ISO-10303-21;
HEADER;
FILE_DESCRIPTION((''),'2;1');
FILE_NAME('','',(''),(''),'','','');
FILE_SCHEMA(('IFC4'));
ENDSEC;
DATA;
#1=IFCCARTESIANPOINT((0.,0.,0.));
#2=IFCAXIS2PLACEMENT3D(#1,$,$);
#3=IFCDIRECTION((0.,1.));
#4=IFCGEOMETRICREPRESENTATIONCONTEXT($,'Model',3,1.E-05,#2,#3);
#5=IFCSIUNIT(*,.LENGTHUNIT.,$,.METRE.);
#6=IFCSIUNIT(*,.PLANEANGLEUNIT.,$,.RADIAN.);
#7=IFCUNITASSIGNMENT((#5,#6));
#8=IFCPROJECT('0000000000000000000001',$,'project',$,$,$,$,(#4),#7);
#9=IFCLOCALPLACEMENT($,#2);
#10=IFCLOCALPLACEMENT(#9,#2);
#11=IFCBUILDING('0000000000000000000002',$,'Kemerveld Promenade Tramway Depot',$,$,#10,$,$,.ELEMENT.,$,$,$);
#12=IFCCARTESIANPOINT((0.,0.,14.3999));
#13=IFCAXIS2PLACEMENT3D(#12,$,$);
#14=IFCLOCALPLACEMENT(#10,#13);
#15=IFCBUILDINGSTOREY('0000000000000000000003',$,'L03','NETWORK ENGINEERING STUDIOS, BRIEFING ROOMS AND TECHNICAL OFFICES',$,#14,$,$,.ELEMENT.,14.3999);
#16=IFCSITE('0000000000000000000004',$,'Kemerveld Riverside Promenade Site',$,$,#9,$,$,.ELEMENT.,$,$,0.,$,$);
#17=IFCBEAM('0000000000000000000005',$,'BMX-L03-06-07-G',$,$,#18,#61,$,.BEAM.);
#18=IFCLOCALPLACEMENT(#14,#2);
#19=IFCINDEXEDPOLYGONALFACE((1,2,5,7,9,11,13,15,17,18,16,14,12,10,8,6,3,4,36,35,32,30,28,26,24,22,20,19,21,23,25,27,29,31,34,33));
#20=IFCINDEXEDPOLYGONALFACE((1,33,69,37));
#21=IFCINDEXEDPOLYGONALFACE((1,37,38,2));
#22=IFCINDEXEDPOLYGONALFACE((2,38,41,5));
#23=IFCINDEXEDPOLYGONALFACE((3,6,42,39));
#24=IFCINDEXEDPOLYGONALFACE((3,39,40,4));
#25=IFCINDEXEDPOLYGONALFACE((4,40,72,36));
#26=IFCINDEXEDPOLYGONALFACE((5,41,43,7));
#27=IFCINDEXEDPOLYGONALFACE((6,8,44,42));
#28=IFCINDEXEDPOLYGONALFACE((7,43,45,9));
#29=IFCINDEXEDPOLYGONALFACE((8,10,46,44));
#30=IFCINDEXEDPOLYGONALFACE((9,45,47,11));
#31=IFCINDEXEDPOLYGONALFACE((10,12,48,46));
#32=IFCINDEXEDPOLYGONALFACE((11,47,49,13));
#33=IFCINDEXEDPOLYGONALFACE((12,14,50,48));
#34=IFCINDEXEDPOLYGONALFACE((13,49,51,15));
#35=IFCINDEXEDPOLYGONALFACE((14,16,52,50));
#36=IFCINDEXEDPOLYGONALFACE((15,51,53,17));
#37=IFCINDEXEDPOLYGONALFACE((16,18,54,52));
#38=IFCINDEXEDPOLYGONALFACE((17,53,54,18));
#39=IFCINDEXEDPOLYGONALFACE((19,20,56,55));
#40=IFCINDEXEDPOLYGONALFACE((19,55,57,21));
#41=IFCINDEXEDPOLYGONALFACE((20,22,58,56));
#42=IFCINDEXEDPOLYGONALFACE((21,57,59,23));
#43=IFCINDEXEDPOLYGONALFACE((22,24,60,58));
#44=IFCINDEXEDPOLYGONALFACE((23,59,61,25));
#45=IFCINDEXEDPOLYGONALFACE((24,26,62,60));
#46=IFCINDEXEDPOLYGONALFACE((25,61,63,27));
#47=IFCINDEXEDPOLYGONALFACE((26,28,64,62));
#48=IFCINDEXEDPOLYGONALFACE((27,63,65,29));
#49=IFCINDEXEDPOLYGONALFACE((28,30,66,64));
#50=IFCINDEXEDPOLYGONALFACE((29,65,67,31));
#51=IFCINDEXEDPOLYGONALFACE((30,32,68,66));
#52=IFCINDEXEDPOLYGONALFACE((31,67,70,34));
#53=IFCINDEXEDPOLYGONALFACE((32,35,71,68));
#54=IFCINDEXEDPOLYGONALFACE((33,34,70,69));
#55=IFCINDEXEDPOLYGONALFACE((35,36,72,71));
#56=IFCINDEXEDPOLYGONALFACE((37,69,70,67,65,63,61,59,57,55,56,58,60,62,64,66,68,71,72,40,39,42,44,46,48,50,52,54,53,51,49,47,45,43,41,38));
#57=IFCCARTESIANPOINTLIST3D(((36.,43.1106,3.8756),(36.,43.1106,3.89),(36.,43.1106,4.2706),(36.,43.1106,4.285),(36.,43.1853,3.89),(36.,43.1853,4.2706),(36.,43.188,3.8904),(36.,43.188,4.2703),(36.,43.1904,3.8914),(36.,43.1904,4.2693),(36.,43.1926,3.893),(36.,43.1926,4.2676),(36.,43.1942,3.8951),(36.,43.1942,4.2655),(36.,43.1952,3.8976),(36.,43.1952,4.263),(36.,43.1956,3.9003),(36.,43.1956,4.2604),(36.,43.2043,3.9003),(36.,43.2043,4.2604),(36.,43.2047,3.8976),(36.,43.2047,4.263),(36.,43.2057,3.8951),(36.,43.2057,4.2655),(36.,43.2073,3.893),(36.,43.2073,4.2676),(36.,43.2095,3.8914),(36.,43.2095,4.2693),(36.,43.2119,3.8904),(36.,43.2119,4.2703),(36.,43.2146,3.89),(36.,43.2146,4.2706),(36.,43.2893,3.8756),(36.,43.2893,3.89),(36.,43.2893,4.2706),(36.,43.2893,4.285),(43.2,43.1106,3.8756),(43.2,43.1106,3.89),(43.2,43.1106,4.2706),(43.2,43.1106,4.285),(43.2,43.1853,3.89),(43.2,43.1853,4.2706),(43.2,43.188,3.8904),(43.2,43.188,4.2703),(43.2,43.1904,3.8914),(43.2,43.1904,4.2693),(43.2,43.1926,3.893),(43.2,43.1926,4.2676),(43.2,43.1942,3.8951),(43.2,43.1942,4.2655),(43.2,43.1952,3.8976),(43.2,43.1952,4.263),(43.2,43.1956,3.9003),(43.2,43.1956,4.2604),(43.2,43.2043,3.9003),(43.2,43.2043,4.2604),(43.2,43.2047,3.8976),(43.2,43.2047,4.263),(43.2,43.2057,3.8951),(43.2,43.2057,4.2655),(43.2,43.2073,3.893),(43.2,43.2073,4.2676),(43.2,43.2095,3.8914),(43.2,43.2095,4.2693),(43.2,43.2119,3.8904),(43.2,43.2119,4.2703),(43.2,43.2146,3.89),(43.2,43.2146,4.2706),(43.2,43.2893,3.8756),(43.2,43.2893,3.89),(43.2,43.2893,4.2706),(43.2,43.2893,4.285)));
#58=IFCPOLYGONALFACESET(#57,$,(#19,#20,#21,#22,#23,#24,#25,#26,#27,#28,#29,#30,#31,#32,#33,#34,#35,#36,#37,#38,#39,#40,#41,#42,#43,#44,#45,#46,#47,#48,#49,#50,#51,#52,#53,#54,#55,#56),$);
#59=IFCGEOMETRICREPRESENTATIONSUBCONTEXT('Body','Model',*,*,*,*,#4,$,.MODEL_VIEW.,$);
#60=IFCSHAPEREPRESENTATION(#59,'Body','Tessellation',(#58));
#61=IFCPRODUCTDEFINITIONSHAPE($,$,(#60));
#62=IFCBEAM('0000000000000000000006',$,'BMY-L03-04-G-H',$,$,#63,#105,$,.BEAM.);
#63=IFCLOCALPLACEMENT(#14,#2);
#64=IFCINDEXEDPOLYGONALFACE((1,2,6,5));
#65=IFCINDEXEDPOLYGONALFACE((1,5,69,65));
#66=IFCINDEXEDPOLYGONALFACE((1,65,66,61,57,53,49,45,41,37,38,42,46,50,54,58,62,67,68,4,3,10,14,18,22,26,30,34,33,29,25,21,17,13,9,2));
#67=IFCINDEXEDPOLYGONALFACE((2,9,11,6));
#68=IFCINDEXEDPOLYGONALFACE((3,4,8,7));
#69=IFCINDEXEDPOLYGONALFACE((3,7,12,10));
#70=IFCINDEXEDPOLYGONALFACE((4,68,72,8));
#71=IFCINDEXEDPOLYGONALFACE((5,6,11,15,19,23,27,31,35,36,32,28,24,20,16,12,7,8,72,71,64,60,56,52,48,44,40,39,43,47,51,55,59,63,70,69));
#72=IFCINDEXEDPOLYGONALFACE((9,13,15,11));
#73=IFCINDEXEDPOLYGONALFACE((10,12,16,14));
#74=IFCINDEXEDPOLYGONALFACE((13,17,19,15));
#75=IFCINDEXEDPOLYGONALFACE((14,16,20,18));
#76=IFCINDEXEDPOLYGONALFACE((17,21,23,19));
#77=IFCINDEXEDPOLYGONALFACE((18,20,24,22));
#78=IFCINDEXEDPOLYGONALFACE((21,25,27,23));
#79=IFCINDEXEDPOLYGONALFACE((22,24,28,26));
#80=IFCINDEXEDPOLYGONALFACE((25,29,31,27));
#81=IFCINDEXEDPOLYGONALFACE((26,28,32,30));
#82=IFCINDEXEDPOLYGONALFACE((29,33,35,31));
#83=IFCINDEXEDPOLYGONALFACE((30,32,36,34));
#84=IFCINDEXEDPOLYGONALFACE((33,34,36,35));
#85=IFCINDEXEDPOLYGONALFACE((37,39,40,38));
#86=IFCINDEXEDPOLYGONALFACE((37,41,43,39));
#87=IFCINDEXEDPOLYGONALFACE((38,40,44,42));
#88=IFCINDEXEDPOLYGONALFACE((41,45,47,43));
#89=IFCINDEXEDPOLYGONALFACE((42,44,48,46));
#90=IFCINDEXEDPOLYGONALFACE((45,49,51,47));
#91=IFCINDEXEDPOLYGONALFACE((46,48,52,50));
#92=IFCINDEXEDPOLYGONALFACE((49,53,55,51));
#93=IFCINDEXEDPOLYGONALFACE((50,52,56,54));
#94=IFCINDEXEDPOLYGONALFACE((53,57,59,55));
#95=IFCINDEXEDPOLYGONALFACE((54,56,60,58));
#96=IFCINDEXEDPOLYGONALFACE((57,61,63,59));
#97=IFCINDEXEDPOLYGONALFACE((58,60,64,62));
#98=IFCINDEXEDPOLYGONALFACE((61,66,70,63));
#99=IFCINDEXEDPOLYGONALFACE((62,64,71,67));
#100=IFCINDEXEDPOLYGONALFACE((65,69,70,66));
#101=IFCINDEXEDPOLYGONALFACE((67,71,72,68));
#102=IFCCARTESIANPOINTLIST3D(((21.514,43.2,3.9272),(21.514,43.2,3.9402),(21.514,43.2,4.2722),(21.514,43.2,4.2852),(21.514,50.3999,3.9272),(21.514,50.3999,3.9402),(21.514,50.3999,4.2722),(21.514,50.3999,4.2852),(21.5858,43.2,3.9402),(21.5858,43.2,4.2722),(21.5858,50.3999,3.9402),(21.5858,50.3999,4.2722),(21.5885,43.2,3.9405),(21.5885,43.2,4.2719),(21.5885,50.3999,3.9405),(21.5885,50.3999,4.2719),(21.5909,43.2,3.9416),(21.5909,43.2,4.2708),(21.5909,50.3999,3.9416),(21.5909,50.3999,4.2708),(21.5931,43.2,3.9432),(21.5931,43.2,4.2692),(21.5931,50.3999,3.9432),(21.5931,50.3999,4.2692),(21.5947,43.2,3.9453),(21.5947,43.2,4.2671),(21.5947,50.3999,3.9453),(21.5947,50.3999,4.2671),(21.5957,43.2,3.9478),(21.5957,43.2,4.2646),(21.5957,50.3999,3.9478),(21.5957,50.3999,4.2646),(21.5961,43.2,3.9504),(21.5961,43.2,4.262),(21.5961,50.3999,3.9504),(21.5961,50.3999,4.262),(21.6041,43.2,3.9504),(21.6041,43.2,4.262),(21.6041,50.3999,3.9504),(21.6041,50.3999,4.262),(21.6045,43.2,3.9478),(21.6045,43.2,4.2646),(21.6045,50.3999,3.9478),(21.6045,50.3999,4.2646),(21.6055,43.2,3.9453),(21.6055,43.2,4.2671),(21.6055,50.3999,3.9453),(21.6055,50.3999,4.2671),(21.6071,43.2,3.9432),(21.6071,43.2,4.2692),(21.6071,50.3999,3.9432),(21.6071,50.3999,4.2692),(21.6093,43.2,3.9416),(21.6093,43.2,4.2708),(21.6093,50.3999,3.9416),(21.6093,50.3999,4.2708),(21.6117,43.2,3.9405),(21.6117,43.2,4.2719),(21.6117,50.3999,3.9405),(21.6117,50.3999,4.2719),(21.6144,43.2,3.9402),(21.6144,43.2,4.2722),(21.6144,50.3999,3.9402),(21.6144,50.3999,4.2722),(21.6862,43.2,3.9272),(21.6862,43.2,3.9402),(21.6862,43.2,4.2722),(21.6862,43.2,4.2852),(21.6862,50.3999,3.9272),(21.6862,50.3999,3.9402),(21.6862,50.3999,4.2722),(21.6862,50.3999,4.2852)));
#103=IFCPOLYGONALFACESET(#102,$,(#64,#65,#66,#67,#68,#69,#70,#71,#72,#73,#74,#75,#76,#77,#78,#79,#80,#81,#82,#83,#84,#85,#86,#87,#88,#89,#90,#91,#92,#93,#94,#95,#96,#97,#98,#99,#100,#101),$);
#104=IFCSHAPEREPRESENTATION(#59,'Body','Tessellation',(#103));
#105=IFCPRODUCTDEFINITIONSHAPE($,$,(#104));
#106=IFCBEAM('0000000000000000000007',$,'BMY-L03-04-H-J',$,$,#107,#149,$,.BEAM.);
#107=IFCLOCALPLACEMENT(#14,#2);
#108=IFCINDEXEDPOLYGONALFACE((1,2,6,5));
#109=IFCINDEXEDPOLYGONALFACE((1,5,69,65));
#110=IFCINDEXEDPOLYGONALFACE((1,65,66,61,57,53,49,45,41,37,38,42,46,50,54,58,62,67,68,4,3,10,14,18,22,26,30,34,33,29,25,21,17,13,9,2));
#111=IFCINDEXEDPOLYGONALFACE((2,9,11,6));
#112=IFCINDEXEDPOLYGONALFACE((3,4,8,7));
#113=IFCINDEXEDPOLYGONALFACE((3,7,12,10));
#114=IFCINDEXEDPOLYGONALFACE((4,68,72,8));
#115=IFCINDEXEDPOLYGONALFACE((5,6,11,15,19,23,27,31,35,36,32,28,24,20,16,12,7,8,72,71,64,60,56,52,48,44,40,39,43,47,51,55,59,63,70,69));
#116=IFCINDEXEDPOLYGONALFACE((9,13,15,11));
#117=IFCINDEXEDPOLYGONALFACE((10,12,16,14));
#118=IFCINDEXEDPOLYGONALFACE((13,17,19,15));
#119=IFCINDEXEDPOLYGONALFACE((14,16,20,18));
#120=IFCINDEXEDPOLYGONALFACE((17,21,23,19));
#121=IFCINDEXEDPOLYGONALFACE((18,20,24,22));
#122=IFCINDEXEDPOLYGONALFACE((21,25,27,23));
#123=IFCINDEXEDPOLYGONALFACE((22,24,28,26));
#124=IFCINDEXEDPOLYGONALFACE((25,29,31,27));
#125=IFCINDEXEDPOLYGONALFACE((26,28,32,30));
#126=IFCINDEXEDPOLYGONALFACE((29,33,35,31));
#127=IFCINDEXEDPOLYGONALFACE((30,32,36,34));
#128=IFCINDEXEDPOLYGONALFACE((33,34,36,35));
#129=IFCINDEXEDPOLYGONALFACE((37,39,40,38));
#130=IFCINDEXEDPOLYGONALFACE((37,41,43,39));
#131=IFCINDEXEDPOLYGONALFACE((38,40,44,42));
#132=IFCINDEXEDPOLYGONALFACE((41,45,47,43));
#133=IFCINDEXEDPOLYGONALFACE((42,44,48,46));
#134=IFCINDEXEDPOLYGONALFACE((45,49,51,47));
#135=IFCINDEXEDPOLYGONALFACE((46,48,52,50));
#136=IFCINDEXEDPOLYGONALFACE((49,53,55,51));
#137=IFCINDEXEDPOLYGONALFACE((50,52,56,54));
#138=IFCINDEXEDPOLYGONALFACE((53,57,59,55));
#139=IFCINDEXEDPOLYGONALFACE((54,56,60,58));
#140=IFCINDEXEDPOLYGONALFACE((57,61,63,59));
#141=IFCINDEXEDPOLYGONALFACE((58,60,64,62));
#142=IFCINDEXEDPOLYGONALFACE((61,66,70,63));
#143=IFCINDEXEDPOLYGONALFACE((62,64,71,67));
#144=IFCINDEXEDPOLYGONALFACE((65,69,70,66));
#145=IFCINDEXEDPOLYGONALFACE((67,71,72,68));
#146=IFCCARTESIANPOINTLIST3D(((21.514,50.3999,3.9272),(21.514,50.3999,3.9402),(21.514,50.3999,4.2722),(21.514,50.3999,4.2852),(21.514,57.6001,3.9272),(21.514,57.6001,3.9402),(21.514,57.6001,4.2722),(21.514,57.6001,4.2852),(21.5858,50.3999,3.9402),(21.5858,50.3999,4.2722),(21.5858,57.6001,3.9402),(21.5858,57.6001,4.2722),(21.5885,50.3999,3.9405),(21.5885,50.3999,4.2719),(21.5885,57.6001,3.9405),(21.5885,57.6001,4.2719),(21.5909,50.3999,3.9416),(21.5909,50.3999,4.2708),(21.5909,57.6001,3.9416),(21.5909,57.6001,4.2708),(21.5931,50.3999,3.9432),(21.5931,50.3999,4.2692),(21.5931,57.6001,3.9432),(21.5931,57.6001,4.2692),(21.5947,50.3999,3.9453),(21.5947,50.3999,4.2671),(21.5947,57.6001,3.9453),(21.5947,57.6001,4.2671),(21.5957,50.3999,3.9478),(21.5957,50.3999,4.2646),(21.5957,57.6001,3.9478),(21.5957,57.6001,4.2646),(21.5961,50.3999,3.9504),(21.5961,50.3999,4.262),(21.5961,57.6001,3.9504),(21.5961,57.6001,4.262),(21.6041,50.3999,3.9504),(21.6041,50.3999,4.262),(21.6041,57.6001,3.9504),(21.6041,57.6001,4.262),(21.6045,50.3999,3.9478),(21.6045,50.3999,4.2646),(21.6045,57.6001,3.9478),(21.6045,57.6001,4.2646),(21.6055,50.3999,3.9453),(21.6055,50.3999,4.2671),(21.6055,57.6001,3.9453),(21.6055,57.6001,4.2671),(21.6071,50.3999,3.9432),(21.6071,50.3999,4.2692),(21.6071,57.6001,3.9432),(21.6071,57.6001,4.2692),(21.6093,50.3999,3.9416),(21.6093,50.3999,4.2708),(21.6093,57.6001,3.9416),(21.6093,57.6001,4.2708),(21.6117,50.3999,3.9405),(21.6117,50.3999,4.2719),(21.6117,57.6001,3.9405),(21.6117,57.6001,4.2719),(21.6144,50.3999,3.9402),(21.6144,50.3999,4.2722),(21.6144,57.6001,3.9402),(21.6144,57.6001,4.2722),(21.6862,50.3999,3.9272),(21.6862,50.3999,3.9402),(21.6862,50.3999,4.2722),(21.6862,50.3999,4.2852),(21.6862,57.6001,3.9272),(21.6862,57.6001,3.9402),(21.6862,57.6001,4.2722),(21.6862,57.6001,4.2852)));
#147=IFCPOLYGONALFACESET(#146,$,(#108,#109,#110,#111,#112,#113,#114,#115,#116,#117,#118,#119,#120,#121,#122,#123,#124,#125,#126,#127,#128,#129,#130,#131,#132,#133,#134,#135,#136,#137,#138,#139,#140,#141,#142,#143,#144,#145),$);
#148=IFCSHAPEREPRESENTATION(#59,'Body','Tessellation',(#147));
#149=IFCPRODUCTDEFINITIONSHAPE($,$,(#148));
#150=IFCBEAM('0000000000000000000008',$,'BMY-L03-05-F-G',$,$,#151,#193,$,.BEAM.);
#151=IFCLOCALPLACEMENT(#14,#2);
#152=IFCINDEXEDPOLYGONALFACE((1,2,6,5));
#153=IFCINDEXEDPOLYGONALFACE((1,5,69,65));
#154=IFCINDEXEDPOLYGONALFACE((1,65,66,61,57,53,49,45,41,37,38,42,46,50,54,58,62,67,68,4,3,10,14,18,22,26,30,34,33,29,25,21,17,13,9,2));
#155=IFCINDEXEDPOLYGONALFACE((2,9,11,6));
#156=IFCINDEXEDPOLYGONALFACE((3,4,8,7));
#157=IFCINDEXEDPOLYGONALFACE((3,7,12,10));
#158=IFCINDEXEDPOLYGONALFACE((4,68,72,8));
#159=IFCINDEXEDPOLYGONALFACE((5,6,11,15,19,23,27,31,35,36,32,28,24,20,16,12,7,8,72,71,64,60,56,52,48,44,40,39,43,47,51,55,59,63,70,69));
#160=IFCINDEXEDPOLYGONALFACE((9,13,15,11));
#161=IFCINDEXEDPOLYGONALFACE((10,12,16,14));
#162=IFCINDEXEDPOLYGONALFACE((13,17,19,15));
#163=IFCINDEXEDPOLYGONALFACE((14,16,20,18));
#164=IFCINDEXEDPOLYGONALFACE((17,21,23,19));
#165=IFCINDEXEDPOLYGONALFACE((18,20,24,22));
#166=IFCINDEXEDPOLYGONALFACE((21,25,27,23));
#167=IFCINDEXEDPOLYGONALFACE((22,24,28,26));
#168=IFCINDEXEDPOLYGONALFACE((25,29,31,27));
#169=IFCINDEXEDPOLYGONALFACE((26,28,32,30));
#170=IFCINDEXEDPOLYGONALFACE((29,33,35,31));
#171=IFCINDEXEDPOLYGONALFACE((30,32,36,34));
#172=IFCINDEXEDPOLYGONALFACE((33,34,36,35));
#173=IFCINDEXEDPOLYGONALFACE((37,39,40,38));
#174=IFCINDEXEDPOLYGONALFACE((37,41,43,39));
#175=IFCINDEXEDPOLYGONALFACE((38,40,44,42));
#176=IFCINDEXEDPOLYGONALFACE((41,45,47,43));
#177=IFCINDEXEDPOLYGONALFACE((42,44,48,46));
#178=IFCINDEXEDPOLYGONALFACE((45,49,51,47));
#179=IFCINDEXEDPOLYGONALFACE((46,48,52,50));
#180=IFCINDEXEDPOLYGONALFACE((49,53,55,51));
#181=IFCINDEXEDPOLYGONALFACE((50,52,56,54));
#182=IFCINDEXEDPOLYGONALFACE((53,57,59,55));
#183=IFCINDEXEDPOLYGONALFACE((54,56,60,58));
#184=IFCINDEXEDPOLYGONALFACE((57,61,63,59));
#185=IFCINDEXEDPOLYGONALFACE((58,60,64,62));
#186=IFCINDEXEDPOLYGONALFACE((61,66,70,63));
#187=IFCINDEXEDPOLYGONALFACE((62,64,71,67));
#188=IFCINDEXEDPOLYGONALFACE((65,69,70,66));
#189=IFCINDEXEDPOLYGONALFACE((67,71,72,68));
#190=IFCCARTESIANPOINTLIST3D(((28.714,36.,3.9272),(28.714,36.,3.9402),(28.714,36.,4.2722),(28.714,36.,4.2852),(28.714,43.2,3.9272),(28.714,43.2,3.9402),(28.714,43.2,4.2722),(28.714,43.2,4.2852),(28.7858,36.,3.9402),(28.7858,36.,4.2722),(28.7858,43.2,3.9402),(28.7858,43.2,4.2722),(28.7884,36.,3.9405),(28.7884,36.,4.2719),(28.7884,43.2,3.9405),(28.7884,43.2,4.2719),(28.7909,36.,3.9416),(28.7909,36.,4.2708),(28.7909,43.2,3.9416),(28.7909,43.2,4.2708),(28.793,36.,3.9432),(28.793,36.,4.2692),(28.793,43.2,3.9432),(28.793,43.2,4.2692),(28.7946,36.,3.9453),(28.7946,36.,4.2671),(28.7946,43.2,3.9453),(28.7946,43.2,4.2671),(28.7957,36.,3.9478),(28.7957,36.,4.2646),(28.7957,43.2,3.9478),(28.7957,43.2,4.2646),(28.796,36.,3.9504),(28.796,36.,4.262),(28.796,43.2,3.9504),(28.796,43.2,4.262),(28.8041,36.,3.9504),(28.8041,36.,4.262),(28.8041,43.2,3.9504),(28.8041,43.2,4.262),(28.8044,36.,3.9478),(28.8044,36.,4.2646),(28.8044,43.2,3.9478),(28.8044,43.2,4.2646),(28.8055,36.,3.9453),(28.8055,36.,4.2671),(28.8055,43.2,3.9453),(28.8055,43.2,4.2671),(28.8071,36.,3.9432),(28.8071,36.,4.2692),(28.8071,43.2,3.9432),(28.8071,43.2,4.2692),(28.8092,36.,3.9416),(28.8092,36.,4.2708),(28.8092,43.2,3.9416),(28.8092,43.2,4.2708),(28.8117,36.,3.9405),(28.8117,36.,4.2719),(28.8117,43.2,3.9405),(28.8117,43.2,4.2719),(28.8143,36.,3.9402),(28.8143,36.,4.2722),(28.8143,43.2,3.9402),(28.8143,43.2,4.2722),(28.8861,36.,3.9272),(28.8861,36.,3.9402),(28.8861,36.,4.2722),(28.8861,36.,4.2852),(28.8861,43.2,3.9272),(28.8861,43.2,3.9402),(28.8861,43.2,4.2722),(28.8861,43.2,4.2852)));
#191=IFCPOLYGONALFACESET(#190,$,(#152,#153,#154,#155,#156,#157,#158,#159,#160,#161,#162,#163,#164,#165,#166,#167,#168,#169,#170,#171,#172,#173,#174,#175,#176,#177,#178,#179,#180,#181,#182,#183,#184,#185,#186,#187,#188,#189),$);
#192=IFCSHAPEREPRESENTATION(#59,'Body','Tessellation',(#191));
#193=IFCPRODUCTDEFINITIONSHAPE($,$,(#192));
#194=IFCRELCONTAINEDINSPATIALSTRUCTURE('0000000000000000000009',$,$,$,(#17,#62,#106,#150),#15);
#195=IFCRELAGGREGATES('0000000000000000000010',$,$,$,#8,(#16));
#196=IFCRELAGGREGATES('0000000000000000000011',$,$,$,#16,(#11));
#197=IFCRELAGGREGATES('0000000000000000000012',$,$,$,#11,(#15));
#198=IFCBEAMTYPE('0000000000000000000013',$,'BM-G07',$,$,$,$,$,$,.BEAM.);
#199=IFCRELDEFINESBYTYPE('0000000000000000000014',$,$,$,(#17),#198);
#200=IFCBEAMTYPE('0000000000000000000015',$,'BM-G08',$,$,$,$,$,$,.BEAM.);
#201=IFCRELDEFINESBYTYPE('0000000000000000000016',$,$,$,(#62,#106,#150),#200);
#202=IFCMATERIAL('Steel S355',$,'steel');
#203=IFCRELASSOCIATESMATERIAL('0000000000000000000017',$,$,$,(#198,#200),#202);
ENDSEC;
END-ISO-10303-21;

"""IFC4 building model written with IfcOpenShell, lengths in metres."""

from ifc_helpers import new_model, si_unit, direction, frame, origin, origin_2d, place, context, subcontext, project, spatial, i_section, extrude, material, material_profile, profile_set, type_object, element, save


model = new_model("IFC4")

# Units and contexts
model_context = context("Model", 3, precision=1e-05, world=origin(), true_north=direction((0.0, 1.0)))
body_context = subcontext(model_context, "Body", "Model", "MODEL_VIEW")
ifc_project = project(units=[si_unit("LENGTHUNIT", "METRE"), si_unit("PLANEANGLEUNIT", "RADIAN")], contexts=[model_context])

# Site, building, storey
site_placement = place(None, origin())
site = spatial("IfcSite", under=ifc_project, at=site_placement, Name="Kemerveld Riverside Promenade Site", CompositionType="ELEMENT", RefElevation=0.0)
building_placement = place(site_placement, origin())
building = spatial("IfcBuilding", under=site, at=building_placement, Name="Kemerveld Promenade Tramway Depot", CompositionType="ELEMENT")
storey_placement = place(building_placement, frame((0.0, 0.0, 14.3999)))
storey = spatial("IfcBuildingStorey", under=building, at=storey_placement, Name="L03", Description="NETWORK ENGINEERING STUDIOS, BRIEFING ROOMS AND TECHNICAL OFFICES", CompositionType="ELEMENT", Elevation=14.3999)

# Shared definitions
ifc_material = material(Name="Steel S355", Category="steel")

# Beams
ifc_material_profile_1 = material_profile(ifc_material, i_section(OverallWidth=0.1787, OverallDepth=0.4094, WebThickness=0.0088, FlangeThickness=0.0144, FilletRadius=0.0103, at=origin_2d()), Name="406x178x67 UB")
ifc_profile_set_1 = profile_set([ifc_material_profile_1], Name="Steel S355")
beam_type_1 = type_object("IfcBeamType", Name="BM-G07", PredefinedType="BEAM", material=ifc_profile_set_1)
for number, where, z_axis, x_axis, name in (
    (1, (36.0, 43.2, 4.0803), (1.0, 0.0, 0.0), (0.0, 1.0, 0.0), "BMX-L03-06-07-G"),
):
    element("IfcBeam", number, at=place(storey_placement, frame(where, z_axis=z_axis, x_axis=x_axis)), inside=storey, type_object=beam_type_1, Name=name, PredefinedType="BEAM", context=body_context, shape_type="SweptSolid", body=[
        extrude(i_section(OverallWidth=0.1787, OverallDepth=0.4094, WebThickness=0.0088, FlangeThickness=0.0144, FilletRadius=0.0103, at=origin_2d()), origin(), (0.0, 0.0, 1.0), 7.2),
    ])
ifc_material_profile_2 = material_profile(ifc_material, i_section(OverallWidth=0.1721, OverallDepth=0.3579, WebThickness=0.0081, FlangeThickness=0.0129, FilletRadius=0.0103, at=origin_2d()), Name="356x171x57 UB")
ifc_profile_set_2 = profile_set([ifc_material_profile_2], Name="Steel S355")
beam_type_2 = type_object("IfcBeamType", Name="BM-G08", PredefinedType="BEAM", material=ifc_profile_set_2)
beam_1_placement = place(storey_placement, frame((21.6001, 43.2, 4.1062), z_axis=(0.0, 1.0, 0.0), x_axis=(-1.0, 0.0, 0.0)))
element("IfcBeam", 2, at=beam_1_placement, inside=storey, type_object=beam_type_2, Name="BMY-L03-04-G-H", PredefinedType="BEAM", context=body_context, shape_type="SweptSolid", body=[
    extrude(i_section(OverallWidth=0.1721, OverallDepth=0.3579, WebThickness=0.0081, FlangeThickness=0.0129, FilletRadius=0.0103, at=origin_2d()), origin(), (0.0, 0.0, 1.0), 7.2),
])
beam_2_placement = place(storey_placement, frame((21.6001, 50.3999, 4.1062), z_axis=(0.0, 1.0, 0.0), x_axis=(-1.0, 0.0, 0.0)))
element("IfcBeam", 3, at=beam_2_placement, inside=storey, type_object=beam_type_2, Name="BMY-L03-04-H-J", PredefinedType="BEAM", context=body_context, shape_type="SweptSolid", body=[
    extrude(i_section(OverallWidth=0.1721, OverallDepth=0.3579, WebThickness=0.0081, FlangeThickness=0.0129, FilletRadius=0.0103, at=origin_2d()), origin(), (0.0, 0.0, 1.0), 7.2002),
])
for number, where, z_axis, x_axis, name in (
    (4, (28.8, 36.0, 4.1062), (0.0, 1.0, 0.0), (-1.0, 0.0, 0.0), "BMY-L03-05-F-G"),
):
    element("IfcBeam", number, at=place(storey_placement, frame(where, z_axis=z_axis, x_axis=x_axis)), inside=storey, type_object=beam_type_2, Name=name, PredefinedType="BEAM", context=body_context, shape_type="SweptSolid", body=[
        extrude(i_section(OverallWidth=0.1721, OverallDepth=0.3579, WebThickness=0.0081, FlangeThickness=0.0129, FilletRadius=0.0103, at=origin_2d()), origin(), (0.0, 0.0, 1.0), 7.2),
    ])

save(model, "model.ifc")
